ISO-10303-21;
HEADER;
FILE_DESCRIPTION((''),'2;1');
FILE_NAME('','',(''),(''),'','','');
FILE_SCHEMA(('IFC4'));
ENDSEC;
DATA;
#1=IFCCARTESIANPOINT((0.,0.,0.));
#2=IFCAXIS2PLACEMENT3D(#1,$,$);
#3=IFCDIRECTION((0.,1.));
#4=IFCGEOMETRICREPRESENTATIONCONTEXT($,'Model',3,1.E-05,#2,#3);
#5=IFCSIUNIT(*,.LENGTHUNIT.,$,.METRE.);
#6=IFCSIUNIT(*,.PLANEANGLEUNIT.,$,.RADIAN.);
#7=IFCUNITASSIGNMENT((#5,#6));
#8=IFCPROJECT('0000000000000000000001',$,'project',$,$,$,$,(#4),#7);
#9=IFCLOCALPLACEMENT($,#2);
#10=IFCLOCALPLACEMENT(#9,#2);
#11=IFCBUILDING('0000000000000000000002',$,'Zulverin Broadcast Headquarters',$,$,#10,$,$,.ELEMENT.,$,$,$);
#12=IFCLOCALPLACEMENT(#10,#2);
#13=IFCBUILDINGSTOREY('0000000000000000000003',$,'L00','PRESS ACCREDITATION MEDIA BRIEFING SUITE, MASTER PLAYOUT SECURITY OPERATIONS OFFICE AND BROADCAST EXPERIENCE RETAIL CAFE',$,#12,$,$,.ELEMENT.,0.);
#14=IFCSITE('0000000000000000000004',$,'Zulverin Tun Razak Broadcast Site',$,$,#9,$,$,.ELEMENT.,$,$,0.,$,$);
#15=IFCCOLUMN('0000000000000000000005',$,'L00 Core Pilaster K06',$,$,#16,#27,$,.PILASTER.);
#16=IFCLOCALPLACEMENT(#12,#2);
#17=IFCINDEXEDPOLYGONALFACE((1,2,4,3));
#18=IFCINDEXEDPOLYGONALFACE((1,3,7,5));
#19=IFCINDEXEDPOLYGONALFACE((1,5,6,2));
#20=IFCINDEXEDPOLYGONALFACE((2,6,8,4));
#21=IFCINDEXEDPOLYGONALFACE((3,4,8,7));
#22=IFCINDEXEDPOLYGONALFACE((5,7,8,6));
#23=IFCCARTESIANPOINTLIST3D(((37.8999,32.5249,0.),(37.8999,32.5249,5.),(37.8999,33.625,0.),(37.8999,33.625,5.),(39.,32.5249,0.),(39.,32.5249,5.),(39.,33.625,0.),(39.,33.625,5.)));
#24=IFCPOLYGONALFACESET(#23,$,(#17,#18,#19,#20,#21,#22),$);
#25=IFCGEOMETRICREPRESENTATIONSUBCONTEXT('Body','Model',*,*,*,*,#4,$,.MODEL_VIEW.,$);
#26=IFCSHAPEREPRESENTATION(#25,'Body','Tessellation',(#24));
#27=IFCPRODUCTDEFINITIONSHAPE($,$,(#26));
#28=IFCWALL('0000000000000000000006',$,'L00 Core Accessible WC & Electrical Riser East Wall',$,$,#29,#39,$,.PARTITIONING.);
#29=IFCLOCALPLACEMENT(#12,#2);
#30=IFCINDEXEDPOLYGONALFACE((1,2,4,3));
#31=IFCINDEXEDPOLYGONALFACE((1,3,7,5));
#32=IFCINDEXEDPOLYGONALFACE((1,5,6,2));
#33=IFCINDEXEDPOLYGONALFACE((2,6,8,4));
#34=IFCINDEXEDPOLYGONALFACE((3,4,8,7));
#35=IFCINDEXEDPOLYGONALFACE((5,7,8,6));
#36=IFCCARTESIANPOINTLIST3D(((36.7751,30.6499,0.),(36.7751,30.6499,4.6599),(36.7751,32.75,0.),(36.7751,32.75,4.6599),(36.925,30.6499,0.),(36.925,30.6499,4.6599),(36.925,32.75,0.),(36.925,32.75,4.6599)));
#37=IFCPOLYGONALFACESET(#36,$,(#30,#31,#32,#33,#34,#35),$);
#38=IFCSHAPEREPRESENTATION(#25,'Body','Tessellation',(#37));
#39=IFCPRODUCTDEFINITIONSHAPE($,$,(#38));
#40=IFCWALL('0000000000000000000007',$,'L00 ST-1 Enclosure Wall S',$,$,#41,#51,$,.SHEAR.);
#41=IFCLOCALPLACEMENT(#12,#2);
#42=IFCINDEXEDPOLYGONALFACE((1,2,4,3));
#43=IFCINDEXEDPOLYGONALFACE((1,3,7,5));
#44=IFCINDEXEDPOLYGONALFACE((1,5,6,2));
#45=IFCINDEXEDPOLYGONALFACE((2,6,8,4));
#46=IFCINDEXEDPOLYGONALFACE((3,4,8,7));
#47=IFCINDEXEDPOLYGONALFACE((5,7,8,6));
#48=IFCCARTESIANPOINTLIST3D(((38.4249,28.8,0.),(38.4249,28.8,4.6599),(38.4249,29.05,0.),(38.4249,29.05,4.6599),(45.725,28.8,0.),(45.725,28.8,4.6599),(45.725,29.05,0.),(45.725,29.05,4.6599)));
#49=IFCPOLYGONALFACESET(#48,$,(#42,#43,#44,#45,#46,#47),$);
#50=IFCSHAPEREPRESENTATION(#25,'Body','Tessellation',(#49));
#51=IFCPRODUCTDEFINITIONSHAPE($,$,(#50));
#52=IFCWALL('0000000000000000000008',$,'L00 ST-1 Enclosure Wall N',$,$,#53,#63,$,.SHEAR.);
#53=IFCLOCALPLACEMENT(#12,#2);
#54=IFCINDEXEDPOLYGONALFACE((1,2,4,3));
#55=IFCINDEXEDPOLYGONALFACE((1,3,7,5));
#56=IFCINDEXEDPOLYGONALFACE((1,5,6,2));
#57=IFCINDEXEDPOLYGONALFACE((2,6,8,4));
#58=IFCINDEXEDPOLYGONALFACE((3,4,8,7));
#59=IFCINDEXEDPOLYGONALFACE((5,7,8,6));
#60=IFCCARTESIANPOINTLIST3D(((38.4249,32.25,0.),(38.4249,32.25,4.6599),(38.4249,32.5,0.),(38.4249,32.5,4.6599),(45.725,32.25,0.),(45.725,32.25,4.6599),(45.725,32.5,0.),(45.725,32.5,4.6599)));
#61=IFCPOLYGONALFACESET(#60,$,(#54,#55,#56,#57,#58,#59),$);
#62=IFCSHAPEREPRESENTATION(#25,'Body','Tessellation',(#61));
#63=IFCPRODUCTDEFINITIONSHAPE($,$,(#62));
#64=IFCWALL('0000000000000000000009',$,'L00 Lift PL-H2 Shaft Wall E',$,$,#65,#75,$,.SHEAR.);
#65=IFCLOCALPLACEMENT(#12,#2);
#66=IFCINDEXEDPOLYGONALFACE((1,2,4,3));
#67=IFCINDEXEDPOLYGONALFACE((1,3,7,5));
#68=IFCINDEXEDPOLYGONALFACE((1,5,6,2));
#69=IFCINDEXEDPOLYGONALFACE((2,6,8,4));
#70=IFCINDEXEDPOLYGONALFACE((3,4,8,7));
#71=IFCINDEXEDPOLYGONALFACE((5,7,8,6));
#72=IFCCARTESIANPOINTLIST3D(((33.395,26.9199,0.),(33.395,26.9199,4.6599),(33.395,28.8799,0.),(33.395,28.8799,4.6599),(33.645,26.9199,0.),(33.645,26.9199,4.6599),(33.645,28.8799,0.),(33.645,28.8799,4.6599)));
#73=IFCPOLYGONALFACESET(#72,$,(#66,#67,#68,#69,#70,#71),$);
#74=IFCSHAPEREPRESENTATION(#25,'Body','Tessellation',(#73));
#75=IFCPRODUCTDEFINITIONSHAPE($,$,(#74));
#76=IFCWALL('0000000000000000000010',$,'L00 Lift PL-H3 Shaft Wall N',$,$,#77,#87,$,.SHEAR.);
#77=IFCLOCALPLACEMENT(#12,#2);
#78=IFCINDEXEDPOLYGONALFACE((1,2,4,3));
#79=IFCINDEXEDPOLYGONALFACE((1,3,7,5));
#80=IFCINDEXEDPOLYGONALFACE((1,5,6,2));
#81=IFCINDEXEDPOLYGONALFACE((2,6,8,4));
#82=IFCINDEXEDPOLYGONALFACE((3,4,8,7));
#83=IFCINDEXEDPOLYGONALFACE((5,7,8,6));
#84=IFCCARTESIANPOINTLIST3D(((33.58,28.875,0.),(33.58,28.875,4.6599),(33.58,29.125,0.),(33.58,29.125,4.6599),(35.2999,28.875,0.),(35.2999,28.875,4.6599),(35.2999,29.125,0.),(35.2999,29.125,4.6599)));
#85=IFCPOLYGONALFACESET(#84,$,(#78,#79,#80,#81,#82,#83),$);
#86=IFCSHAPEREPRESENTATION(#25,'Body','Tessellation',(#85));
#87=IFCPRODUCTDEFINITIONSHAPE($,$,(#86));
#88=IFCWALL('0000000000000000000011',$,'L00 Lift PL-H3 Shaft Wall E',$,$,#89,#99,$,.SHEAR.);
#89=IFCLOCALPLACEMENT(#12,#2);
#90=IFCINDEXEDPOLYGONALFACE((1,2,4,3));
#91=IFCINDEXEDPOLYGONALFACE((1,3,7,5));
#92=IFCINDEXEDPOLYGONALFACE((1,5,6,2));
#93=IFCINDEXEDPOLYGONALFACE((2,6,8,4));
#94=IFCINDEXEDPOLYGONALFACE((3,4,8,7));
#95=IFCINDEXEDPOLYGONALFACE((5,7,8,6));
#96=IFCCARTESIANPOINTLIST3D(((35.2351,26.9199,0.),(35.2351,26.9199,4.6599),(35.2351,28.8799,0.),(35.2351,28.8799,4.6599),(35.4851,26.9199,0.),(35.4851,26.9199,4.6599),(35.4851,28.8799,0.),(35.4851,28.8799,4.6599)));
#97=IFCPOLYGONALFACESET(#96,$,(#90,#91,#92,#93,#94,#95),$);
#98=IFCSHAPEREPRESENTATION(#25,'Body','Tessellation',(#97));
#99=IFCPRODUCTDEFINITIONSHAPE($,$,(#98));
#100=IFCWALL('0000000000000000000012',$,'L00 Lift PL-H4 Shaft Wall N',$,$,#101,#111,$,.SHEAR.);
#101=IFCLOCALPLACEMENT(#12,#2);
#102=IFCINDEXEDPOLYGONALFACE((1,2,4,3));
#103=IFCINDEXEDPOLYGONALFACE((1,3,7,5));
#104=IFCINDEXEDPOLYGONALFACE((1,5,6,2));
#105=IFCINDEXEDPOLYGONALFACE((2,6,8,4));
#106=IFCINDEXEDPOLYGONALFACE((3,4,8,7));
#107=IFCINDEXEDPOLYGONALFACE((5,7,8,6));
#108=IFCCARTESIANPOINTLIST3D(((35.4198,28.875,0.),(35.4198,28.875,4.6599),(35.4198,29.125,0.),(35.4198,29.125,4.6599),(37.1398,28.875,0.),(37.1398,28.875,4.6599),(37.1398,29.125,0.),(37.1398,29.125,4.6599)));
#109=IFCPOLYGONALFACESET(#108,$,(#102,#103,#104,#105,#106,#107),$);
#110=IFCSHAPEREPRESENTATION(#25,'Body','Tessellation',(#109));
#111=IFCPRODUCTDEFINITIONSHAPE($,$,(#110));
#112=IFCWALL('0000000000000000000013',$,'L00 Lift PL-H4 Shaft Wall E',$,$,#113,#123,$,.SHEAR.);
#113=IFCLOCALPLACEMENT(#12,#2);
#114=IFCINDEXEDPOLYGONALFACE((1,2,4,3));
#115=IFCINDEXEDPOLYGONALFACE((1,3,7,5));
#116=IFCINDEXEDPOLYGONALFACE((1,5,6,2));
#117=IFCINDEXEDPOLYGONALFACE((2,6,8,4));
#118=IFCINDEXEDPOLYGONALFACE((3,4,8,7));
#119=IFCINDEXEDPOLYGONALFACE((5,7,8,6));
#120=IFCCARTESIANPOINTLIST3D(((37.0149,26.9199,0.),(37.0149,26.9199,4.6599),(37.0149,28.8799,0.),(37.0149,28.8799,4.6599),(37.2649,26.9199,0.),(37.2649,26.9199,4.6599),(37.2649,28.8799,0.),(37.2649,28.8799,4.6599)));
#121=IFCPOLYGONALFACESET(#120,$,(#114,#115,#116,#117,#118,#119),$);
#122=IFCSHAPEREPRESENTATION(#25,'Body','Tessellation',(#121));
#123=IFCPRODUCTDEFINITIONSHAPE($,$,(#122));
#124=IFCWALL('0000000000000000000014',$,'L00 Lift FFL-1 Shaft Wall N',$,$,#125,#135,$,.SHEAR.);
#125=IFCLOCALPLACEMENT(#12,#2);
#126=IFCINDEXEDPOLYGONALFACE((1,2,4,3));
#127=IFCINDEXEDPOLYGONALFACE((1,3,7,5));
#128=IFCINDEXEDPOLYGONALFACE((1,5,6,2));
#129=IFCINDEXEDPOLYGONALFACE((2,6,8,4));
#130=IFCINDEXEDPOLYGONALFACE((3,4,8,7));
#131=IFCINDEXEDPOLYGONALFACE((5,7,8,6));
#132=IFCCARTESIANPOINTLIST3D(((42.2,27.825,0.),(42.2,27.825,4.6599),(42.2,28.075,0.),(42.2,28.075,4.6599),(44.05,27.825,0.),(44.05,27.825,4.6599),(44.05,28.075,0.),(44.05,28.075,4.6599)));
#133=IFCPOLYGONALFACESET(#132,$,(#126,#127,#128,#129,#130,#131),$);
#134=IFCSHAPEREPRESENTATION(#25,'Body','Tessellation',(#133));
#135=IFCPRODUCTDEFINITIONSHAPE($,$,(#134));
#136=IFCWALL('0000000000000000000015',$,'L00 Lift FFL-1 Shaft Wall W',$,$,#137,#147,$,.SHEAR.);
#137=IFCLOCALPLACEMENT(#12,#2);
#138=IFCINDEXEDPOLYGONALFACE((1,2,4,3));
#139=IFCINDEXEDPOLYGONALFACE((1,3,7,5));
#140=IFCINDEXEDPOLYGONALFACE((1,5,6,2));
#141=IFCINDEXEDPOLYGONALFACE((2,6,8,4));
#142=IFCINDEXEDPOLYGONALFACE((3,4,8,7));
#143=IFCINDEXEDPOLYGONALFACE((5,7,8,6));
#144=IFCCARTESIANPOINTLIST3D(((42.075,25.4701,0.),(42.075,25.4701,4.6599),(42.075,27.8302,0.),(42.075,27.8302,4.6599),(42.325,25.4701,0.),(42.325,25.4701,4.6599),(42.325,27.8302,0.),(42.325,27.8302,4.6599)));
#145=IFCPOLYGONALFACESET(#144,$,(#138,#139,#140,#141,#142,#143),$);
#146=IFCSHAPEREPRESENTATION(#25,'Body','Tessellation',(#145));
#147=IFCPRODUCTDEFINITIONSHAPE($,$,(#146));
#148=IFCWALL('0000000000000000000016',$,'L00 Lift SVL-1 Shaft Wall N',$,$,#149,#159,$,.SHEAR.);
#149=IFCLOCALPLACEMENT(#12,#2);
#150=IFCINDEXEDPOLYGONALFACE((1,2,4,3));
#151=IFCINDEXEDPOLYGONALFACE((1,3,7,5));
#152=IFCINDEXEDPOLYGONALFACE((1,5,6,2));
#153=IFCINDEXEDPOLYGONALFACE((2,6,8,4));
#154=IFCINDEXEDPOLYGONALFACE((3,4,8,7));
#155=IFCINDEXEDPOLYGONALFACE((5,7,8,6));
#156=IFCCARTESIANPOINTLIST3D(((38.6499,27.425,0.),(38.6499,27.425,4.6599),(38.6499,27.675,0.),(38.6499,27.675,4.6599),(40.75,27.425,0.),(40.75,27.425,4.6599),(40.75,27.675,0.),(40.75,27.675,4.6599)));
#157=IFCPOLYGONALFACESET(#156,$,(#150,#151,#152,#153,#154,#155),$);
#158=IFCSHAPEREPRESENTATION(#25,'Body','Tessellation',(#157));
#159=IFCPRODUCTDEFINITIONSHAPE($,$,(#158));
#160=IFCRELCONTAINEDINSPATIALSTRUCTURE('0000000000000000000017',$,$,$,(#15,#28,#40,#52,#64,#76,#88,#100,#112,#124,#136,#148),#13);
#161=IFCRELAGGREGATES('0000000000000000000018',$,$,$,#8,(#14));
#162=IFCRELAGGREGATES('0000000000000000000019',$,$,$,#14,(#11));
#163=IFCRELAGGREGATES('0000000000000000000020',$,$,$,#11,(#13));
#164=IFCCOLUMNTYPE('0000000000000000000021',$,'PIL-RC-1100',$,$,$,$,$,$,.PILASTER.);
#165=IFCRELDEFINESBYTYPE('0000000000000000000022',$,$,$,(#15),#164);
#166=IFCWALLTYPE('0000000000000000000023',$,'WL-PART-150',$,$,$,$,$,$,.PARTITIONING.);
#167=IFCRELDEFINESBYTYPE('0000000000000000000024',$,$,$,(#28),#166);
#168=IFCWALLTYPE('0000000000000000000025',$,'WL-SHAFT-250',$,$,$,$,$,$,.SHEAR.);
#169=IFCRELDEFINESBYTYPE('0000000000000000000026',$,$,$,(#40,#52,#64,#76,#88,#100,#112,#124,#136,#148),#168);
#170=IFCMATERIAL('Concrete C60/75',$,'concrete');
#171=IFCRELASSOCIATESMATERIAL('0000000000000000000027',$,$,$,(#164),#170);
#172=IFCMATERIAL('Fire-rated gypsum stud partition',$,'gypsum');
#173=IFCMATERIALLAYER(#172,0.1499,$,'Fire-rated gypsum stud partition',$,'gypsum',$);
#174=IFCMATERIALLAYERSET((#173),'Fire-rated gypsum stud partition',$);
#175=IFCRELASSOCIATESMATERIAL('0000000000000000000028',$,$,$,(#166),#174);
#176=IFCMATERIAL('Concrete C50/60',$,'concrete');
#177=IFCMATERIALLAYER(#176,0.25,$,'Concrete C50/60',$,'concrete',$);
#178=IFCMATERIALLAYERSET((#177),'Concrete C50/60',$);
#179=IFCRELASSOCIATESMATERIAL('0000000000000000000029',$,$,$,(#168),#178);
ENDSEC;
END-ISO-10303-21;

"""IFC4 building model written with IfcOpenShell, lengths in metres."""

from ifc_helpers import new_model, si_unit, direction, frame, frame_2d, origin, origin_2d, place, context, subcontext, project, spatial, rectangle, extrude, material, layer, layer_set, material_profile, profile_set, type_object, element, save


model = new_model("IFC4")

# Units and contexts
model_context = context("Model", 3, precision=1e-05, world=origin(), true_north=direction((0.0, 1.0)))
body_context = subcontext(model_context, "Body", "Model", "MODEL_VIEW")
ifc_project = project(units=[si_unit("LENGTHUNIT", "METRE"), si_unit("PLANEANGLEUNIT", "RADIAN")], contexts=[model_context])

# Site, building, storey
site_placement = place(None, origin())
site = spatial("IfcSite", under=ifc_project, at=site_placement, Name="Zulverin Tun Razak Broadcast Site", CompositionType="ELEMENT", RefElevation=0.0)
building_placement = place(site_placement, origin())
building = spatial("IfcBuilding", under=site, at=building_placement, Name="Zulverin Broadcast Headquarters", CompositionType="ELEMENT")
storey_placement = place(building_placement, origin())
storey = spatial("IfcBuildingStorey", under=building, at=storey_placement, Name="L00", Description="PRESS ACCREDITATION MEDIA BRIEFING SUITE, MASTER PLAYOUT SECURITY OPERATIONS OFFICE AND BROADCAST EXPERIENCE RETAIL CAFE", CompositionType="ELEMENT", Elevation=0.0)

# Column
ifc_material_1 = material(Name="Concrete C60/75", Category="concrete")
ifc_material_profile = material_profile(ifc_material_1, rectangle(XDim=1.1001, YDim=1.1001, at=origin_2d()), Name="Concrete C60/75", Category="concrete")
ifc_profile_set = profile_set([ifc_material_profile], Name="Concrete C60/75")
column_type = type_object("IfcColumnType", Name="PIL-RC-1100", PredefinedType="PILASTER", material=ifc_profile_set)
column_placement = place(storey_placement, frame((38.45, 33.075, 0.0), z_axis=(0.0, 0.0, 1.0), x_axis=(1.0, 0.0, 0.0)))
element("IfcColumn", 1, at=column_placement, inside=storey, type_object=column_type, Name="L00 Core Pilaster K06", PredefinedType="PILASTER", context=body_context, shape_type="SweptSolid", body=[
    extrude(rectangle(XDim=1.1001, YDim=1.1001, at=origin_2d()), origin(), (0.0, 0.0, 1.0), 5.0),
])

# Walls
ifc_material_2 = material(Name="Fire-rated gypsum stud partition", Category="gypsum")
ifc_layer_1 = layer(ifc_material_2, 0.1499, Name="Fire-rated gypsum stud partition", Category="gypsum")
ifc_layer_set_1 = layer_set([ifc_layer_1], Name="Fire-rated gypsum stud partition")
wall_type_1 = type_object("IfcWallType", Name="WL-PART-150", PredefinedType="PARTITIONING", material=ifc_layer_set_1)
wall_1_placement = place(storey_placement, frame((36.8501, 30.6499, 0.0), z_axis=(0.0, 0.0, 1.0), x_axis=(0.0, 1.0, 0.0)))
element("IfcWall", 2, at=wall_1_placement, inside=storey, type_object=wall_type_1, Name="L00 Core Accessible WC & Electrical Riser East Wall", PredefinedType="PARTITIONING", context=body_context, shape_type="SweptSolid", body=[
    extrude(rectangle(XDim=2.1001, YDim=0.1499, at=frame_2d((1.05, 0.0))), origin(), (0.0, 0.0, 1.0), 4.6599),
])
ifc_material_3 = material(Name="Concrete C50/60", Category="concrete")
ifc_layer_2 = layer(ifc_material_3, 0.25, Name="Concrete C50/60", Category="concrete")
ifc_layer_set_2 = layer_set([ifc_layer_2], Name="Concrete C50/60")
wall_type_2 = type_object("IfcWallType", Name="WL-SHAFT-250", PredefinedType="SHEAR", material=ifc_layer_set_2)
for number, where, z_axis, x_axis, name in (
    (3, (38.425, 28.925, 0.0), (0.0, 0.0, 1.0), (1.0, 0.0, 0.0), "L00 ST-1 Enclosure Wall S"),
    (4, (38.425, 32.375, 0.0), (0.0, 0.0, 1.0), (1.0, 0.0, 0.0), "L00 ST-1 Enclosure Wall N"),
):
    element("IfcWall", number, at=place(storey_placement, frame(where, z_axis=z_axis, x_axis=x_axis)), inside=storey, type_object=wall_type_2, Name=name, PredefinedType="SHEAR", context=body_context, shape_type="SweptSolid", body=[
        extrude(rectangle(XDim=7.3, YDim=0.25, at=frame_2d((3.6499, 0.0))), origin(), (0.0, 0.0, 1.0), 4.6599),
    ])

# Wall
wall_2_placement = place(storey_placement, frame((33.52, 26.9199, 0.0), z_axis=(0.0, 0.0, 1.0), x_axis=(0.0, 1.0, 0.0)))
element("IfcWall", 5, at=wall_2_placement, inside=storey, type_object=wall_type_2, Name="L00 Lift PL-H2 Shaft Wall E", PredefinedType="SHEAR", context=body_context, shape_type="SweptSolid", body=[
    extrude(rectangle(XDim=1.96, YDim=0.25, at=frame_2d((0.98, 0.0))), origin(), (0.0, 0.0, 1.0), 4.6599),
])

# Walls
wall_3_placement = place(storey_placement, frame((33.5801, 29.0, 0.0), z_axis=(0.0, 0.0, 1.0), x_axis=(1.0, 0.0, 0.0)))
element("IfcWall", 6, at=wall_3_placement, inside=storey, type_object=wall_type_2, Name="L00 Lift PL-H3 Shaft Wall N", PredefinedType="SHEAR", context=body_context, shape_type="SweptSolid", body=[
    extrude(rectangle(XDim=1.72, YDim=0.25, at=frame_2d((0.8599, 0.0))), origin(), (0.0, 0.0, 1.0), 4.6599),
])
wall_4_placement = place(storey_placement, frame((35.3601, 26.9199, 0.0), z_axis=(0.0, 0.0, 1.0), x_axis=(0.0, 1.0, 0.0)))
element("IfcWall", 7, at=wall_4_placement, inside=storey, type_object=wall_type_2, Name="L00 Lift PL-H3 Shaft Wall E", PredefinedType="SHEAR", context=body_context, shape_type="SweptSolid", body=[
    extrude(rectangle(XDim=1.96, YDim=0.25, at=frame_2d((0.98, 0.0))), origin(), (0.0, 0.0, 1.0), 4.6599),
])

# Walls
wall_5_placement = place(storey_placement, frame((35.4199, 29.0, 0.0), z_axis=(0.0, 0.0, 1.0), x_axis=(1.0, 0.0, 0.0)))
element("IfcWall", 8, at=wall_5_placement, inside=storey, type_object=wall_type_2, Name="L00 Lift PL-H4 Shaft Wall N", PredefinedType="SHEAR", context=body_context, shape_type="SweptSolid", body=[
    extrude(rectangle(XDim=1.72, YDim=0.25, at=frame_2d((0.8599, 0.0))), origin(), (0.0, 0.0, 1.0), 4.6599),
])
wall_6_placement = place(storey_placement, frame((37.1399, 26.9199, 0.0), z_axis=(0.0, 0.0, 1.0), x_axis=(0.0, 1.0, 0.0)))
element("IfcWall", 9, at=wall_6_placement, inside=storey, type_object=wall_type_2, Name="L00 Lift PL-H4 Shaft Wall E", PredefinedType="SHEAR", context=body_context, shape_type="SweptSolid", body=[
    extrude(rectangle(XDim=1.96, YDim=0.25, at=frame_2d((0.98, 0.0))), origin(), (0.0, 0.0, 1.0), 4.6599),
])
wall_7_placement = place(storey_placement, frame((42.2, 27.95, 0.0), z_axis=(0.0, 0.0, 1.0), x_axis=(1.0, 0.0, 0.0)))
element("IfcWall", 10, at=wall_7_placement, inside=storey, type_object=wall_type_2, Name="L00 Lift FFL-1 Shaft Wall N", PredefinedType="SHEAR", context=body_context, shape_type="SweptSolid", body=[
    extrude(rectangle(XDim=1.8501, YDim=0.25, at=frame_2d((0.925, 0.0))), origin(), (0.0, 0.0, 1.0), 4.6599),
])
wall_8_placement = place(storey_placement, frame((42.2, 25.47, 0.0), z_axis=(0.0, 0.0, 1.0), x_axis=(0.0, 1.0, 0.0)))
element("IfcWall", 11, at=wall_8_placement, inside=storey, type_object=wall_type_2, Name="L00 Lift FFL-1 Shaft Wall W", PredefinedType="SHEAR", context=body_context, shape_type="SweptSolid", body=[
    extrude(rectangle(XDim=2.3601, YDim=0.25, at=frame_2d((1.1802, 0.0))), origin(), (0.0, 0.0, 1.0), 4.6599),
])
wall_9_placement = place(storey_placement, frame((38.6499, 27.55, 0.0), z_axis=(0.0, 0.0, 1.0), x_axis=(1.0, 0.0, 0.0)))
element("IfcWall", 12, at=wall_9_placement, inside=storey, type_object=wall_type_2, Name="L00 Lift SVL-1 Shaft Wall N", PredefinedType="SHEAR", context=body_context, shape_type="SweptSolid", body=[
    extrude(rectangle(XDim=2.1001, YDim=0.25, at=frame_2d((1.05, 0.0))), origin(), (0.0, 0.0, 1.0), 4.6599),
])

save(model, "model.ifc")
